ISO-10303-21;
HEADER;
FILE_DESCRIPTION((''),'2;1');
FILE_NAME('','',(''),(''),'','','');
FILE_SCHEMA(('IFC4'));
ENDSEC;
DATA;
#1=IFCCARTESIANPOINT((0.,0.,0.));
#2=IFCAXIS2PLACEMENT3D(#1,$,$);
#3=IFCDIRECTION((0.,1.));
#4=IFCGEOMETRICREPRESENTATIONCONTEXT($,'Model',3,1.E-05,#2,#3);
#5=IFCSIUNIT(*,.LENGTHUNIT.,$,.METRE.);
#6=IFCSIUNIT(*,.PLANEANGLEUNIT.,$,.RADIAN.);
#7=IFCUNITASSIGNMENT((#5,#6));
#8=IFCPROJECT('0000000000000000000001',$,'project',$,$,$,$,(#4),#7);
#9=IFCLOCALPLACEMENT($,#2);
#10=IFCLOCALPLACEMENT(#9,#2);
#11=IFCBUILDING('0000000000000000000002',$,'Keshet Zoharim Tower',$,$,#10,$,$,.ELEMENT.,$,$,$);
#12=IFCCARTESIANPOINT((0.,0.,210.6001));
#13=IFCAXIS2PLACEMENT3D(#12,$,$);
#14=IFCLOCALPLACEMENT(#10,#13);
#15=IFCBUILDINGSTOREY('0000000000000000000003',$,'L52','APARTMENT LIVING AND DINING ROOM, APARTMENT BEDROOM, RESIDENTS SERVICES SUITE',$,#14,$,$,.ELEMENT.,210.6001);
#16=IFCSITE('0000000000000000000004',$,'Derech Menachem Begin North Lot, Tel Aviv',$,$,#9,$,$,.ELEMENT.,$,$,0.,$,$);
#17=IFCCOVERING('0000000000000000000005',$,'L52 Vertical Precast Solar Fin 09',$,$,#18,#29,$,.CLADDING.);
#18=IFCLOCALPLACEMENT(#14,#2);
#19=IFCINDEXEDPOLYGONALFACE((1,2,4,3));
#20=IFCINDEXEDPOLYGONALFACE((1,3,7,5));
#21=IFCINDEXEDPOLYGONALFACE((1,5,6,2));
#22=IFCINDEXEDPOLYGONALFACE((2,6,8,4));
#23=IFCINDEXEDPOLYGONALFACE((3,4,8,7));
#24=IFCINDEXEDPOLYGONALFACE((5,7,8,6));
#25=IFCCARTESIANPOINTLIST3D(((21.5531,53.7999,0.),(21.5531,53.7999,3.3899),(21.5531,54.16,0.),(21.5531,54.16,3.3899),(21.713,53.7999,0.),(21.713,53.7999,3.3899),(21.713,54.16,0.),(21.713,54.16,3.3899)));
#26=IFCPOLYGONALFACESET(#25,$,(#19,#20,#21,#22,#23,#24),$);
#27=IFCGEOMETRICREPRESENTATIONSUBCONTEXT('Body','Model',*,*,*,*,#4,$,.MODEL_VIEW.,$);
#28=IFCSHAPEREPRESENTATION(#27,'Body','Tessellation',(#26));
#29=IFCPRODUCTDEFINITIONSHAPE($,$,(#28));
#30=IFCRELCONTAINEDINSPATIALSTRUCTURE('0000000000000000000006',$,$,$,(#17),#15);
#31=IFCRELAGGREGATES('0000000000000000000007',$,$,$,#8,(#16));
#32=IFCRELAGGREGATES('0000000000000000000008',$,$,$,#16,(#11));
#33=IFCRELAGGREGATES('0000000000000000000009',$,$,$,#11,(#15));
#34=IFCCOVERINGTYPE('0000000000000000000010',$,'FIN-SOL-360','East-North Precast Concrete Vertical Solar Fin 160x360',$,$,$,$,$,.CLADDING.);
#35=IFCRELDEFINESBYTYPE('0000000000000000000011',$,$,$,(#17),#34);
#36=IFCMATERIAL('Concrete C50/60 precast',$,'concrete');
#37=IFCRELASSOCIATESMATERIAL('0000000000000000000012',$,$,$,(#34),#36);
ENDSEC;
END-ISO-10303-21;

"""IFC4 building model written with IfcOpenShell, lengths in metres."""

from ifc_helpers import new_model, si_unit, direction, frame, origin, origin_2d, place, context, subcontext, project, spatial, rectangle, extrude, material, type_object, element, save


model = new_model("IFC4")

# Units and contexts
model_context = context("Model", 3, precision=1e-05, world=origin(), true_north=direction((0.0, 1.0)))
body_context = subcontext(model_context, "Body", "Model", "MODEL_VIEW")
ifc_project = project(units=[si_unit("LENGTHUNIT", "METRE"), si_unit("PLANEANGLEUNIT", "RADIAN")], contexts=[model_context])

# Site, building, storey
site_placement = place(None, origin())
site = spatial("IfcSite", under=ifc_project, at=site_placement, Name="Derech Menachem Begin North Lot, Tel Aviv", CompositionType="ELEMENT", RefElevation=0.0)
building_placement = place(site_placement, origin())
building = spatial("IfcBuilding", under=site, at=building_placement, Name="Keshet Zoharim Tower", CompositionType="ELEMENT")
storey_placement = place(building_placement, frame((0.0, 0.0, 210.6001)))
storey = spatial("IfcBuildingStorey", under=building, at=storey_placement, Name="L52", Description="APARTMENT LIVING AND DINING ROOM, APARTMENT BEDROOM, RESIDENTS SERVICES SUITE", CompositionType="ELEMENT", Elevation=210.6001)

# Covering
ifc_material_1 = material(Name="Concrete C50/60 precast", Category="concrete")
covering_type = type_object("IfcCoveringType", Name="FIN-SOL-360", Description="East-North Precast Concrete Vertical Solar Fin 160x360", PredefinedType="CLADDING", material=ifc_material_1)
covering_placement = place(storey_placement, frame((21.6331, 53.98, 0.0), z_axis=(0.0, 0.0, 1.0), x_axis=(1.0, 0.0, 0.0)))
element("IfcCovering", 1, at=covering_placement, inside=storey, type_object=covering_type, Name="L52 Vertical Precast Solar Fin 09", PredefinedType="CLADDING", context=body_context, shape_type="SweptSolid", body=[
    extrude(rectangle(XDim=0.1599, YDim=0.3601, at=origin_2d()), origin(), (0.0, 0.0, 1.0), 3.3899),
])

save(model, "model.ifc")
